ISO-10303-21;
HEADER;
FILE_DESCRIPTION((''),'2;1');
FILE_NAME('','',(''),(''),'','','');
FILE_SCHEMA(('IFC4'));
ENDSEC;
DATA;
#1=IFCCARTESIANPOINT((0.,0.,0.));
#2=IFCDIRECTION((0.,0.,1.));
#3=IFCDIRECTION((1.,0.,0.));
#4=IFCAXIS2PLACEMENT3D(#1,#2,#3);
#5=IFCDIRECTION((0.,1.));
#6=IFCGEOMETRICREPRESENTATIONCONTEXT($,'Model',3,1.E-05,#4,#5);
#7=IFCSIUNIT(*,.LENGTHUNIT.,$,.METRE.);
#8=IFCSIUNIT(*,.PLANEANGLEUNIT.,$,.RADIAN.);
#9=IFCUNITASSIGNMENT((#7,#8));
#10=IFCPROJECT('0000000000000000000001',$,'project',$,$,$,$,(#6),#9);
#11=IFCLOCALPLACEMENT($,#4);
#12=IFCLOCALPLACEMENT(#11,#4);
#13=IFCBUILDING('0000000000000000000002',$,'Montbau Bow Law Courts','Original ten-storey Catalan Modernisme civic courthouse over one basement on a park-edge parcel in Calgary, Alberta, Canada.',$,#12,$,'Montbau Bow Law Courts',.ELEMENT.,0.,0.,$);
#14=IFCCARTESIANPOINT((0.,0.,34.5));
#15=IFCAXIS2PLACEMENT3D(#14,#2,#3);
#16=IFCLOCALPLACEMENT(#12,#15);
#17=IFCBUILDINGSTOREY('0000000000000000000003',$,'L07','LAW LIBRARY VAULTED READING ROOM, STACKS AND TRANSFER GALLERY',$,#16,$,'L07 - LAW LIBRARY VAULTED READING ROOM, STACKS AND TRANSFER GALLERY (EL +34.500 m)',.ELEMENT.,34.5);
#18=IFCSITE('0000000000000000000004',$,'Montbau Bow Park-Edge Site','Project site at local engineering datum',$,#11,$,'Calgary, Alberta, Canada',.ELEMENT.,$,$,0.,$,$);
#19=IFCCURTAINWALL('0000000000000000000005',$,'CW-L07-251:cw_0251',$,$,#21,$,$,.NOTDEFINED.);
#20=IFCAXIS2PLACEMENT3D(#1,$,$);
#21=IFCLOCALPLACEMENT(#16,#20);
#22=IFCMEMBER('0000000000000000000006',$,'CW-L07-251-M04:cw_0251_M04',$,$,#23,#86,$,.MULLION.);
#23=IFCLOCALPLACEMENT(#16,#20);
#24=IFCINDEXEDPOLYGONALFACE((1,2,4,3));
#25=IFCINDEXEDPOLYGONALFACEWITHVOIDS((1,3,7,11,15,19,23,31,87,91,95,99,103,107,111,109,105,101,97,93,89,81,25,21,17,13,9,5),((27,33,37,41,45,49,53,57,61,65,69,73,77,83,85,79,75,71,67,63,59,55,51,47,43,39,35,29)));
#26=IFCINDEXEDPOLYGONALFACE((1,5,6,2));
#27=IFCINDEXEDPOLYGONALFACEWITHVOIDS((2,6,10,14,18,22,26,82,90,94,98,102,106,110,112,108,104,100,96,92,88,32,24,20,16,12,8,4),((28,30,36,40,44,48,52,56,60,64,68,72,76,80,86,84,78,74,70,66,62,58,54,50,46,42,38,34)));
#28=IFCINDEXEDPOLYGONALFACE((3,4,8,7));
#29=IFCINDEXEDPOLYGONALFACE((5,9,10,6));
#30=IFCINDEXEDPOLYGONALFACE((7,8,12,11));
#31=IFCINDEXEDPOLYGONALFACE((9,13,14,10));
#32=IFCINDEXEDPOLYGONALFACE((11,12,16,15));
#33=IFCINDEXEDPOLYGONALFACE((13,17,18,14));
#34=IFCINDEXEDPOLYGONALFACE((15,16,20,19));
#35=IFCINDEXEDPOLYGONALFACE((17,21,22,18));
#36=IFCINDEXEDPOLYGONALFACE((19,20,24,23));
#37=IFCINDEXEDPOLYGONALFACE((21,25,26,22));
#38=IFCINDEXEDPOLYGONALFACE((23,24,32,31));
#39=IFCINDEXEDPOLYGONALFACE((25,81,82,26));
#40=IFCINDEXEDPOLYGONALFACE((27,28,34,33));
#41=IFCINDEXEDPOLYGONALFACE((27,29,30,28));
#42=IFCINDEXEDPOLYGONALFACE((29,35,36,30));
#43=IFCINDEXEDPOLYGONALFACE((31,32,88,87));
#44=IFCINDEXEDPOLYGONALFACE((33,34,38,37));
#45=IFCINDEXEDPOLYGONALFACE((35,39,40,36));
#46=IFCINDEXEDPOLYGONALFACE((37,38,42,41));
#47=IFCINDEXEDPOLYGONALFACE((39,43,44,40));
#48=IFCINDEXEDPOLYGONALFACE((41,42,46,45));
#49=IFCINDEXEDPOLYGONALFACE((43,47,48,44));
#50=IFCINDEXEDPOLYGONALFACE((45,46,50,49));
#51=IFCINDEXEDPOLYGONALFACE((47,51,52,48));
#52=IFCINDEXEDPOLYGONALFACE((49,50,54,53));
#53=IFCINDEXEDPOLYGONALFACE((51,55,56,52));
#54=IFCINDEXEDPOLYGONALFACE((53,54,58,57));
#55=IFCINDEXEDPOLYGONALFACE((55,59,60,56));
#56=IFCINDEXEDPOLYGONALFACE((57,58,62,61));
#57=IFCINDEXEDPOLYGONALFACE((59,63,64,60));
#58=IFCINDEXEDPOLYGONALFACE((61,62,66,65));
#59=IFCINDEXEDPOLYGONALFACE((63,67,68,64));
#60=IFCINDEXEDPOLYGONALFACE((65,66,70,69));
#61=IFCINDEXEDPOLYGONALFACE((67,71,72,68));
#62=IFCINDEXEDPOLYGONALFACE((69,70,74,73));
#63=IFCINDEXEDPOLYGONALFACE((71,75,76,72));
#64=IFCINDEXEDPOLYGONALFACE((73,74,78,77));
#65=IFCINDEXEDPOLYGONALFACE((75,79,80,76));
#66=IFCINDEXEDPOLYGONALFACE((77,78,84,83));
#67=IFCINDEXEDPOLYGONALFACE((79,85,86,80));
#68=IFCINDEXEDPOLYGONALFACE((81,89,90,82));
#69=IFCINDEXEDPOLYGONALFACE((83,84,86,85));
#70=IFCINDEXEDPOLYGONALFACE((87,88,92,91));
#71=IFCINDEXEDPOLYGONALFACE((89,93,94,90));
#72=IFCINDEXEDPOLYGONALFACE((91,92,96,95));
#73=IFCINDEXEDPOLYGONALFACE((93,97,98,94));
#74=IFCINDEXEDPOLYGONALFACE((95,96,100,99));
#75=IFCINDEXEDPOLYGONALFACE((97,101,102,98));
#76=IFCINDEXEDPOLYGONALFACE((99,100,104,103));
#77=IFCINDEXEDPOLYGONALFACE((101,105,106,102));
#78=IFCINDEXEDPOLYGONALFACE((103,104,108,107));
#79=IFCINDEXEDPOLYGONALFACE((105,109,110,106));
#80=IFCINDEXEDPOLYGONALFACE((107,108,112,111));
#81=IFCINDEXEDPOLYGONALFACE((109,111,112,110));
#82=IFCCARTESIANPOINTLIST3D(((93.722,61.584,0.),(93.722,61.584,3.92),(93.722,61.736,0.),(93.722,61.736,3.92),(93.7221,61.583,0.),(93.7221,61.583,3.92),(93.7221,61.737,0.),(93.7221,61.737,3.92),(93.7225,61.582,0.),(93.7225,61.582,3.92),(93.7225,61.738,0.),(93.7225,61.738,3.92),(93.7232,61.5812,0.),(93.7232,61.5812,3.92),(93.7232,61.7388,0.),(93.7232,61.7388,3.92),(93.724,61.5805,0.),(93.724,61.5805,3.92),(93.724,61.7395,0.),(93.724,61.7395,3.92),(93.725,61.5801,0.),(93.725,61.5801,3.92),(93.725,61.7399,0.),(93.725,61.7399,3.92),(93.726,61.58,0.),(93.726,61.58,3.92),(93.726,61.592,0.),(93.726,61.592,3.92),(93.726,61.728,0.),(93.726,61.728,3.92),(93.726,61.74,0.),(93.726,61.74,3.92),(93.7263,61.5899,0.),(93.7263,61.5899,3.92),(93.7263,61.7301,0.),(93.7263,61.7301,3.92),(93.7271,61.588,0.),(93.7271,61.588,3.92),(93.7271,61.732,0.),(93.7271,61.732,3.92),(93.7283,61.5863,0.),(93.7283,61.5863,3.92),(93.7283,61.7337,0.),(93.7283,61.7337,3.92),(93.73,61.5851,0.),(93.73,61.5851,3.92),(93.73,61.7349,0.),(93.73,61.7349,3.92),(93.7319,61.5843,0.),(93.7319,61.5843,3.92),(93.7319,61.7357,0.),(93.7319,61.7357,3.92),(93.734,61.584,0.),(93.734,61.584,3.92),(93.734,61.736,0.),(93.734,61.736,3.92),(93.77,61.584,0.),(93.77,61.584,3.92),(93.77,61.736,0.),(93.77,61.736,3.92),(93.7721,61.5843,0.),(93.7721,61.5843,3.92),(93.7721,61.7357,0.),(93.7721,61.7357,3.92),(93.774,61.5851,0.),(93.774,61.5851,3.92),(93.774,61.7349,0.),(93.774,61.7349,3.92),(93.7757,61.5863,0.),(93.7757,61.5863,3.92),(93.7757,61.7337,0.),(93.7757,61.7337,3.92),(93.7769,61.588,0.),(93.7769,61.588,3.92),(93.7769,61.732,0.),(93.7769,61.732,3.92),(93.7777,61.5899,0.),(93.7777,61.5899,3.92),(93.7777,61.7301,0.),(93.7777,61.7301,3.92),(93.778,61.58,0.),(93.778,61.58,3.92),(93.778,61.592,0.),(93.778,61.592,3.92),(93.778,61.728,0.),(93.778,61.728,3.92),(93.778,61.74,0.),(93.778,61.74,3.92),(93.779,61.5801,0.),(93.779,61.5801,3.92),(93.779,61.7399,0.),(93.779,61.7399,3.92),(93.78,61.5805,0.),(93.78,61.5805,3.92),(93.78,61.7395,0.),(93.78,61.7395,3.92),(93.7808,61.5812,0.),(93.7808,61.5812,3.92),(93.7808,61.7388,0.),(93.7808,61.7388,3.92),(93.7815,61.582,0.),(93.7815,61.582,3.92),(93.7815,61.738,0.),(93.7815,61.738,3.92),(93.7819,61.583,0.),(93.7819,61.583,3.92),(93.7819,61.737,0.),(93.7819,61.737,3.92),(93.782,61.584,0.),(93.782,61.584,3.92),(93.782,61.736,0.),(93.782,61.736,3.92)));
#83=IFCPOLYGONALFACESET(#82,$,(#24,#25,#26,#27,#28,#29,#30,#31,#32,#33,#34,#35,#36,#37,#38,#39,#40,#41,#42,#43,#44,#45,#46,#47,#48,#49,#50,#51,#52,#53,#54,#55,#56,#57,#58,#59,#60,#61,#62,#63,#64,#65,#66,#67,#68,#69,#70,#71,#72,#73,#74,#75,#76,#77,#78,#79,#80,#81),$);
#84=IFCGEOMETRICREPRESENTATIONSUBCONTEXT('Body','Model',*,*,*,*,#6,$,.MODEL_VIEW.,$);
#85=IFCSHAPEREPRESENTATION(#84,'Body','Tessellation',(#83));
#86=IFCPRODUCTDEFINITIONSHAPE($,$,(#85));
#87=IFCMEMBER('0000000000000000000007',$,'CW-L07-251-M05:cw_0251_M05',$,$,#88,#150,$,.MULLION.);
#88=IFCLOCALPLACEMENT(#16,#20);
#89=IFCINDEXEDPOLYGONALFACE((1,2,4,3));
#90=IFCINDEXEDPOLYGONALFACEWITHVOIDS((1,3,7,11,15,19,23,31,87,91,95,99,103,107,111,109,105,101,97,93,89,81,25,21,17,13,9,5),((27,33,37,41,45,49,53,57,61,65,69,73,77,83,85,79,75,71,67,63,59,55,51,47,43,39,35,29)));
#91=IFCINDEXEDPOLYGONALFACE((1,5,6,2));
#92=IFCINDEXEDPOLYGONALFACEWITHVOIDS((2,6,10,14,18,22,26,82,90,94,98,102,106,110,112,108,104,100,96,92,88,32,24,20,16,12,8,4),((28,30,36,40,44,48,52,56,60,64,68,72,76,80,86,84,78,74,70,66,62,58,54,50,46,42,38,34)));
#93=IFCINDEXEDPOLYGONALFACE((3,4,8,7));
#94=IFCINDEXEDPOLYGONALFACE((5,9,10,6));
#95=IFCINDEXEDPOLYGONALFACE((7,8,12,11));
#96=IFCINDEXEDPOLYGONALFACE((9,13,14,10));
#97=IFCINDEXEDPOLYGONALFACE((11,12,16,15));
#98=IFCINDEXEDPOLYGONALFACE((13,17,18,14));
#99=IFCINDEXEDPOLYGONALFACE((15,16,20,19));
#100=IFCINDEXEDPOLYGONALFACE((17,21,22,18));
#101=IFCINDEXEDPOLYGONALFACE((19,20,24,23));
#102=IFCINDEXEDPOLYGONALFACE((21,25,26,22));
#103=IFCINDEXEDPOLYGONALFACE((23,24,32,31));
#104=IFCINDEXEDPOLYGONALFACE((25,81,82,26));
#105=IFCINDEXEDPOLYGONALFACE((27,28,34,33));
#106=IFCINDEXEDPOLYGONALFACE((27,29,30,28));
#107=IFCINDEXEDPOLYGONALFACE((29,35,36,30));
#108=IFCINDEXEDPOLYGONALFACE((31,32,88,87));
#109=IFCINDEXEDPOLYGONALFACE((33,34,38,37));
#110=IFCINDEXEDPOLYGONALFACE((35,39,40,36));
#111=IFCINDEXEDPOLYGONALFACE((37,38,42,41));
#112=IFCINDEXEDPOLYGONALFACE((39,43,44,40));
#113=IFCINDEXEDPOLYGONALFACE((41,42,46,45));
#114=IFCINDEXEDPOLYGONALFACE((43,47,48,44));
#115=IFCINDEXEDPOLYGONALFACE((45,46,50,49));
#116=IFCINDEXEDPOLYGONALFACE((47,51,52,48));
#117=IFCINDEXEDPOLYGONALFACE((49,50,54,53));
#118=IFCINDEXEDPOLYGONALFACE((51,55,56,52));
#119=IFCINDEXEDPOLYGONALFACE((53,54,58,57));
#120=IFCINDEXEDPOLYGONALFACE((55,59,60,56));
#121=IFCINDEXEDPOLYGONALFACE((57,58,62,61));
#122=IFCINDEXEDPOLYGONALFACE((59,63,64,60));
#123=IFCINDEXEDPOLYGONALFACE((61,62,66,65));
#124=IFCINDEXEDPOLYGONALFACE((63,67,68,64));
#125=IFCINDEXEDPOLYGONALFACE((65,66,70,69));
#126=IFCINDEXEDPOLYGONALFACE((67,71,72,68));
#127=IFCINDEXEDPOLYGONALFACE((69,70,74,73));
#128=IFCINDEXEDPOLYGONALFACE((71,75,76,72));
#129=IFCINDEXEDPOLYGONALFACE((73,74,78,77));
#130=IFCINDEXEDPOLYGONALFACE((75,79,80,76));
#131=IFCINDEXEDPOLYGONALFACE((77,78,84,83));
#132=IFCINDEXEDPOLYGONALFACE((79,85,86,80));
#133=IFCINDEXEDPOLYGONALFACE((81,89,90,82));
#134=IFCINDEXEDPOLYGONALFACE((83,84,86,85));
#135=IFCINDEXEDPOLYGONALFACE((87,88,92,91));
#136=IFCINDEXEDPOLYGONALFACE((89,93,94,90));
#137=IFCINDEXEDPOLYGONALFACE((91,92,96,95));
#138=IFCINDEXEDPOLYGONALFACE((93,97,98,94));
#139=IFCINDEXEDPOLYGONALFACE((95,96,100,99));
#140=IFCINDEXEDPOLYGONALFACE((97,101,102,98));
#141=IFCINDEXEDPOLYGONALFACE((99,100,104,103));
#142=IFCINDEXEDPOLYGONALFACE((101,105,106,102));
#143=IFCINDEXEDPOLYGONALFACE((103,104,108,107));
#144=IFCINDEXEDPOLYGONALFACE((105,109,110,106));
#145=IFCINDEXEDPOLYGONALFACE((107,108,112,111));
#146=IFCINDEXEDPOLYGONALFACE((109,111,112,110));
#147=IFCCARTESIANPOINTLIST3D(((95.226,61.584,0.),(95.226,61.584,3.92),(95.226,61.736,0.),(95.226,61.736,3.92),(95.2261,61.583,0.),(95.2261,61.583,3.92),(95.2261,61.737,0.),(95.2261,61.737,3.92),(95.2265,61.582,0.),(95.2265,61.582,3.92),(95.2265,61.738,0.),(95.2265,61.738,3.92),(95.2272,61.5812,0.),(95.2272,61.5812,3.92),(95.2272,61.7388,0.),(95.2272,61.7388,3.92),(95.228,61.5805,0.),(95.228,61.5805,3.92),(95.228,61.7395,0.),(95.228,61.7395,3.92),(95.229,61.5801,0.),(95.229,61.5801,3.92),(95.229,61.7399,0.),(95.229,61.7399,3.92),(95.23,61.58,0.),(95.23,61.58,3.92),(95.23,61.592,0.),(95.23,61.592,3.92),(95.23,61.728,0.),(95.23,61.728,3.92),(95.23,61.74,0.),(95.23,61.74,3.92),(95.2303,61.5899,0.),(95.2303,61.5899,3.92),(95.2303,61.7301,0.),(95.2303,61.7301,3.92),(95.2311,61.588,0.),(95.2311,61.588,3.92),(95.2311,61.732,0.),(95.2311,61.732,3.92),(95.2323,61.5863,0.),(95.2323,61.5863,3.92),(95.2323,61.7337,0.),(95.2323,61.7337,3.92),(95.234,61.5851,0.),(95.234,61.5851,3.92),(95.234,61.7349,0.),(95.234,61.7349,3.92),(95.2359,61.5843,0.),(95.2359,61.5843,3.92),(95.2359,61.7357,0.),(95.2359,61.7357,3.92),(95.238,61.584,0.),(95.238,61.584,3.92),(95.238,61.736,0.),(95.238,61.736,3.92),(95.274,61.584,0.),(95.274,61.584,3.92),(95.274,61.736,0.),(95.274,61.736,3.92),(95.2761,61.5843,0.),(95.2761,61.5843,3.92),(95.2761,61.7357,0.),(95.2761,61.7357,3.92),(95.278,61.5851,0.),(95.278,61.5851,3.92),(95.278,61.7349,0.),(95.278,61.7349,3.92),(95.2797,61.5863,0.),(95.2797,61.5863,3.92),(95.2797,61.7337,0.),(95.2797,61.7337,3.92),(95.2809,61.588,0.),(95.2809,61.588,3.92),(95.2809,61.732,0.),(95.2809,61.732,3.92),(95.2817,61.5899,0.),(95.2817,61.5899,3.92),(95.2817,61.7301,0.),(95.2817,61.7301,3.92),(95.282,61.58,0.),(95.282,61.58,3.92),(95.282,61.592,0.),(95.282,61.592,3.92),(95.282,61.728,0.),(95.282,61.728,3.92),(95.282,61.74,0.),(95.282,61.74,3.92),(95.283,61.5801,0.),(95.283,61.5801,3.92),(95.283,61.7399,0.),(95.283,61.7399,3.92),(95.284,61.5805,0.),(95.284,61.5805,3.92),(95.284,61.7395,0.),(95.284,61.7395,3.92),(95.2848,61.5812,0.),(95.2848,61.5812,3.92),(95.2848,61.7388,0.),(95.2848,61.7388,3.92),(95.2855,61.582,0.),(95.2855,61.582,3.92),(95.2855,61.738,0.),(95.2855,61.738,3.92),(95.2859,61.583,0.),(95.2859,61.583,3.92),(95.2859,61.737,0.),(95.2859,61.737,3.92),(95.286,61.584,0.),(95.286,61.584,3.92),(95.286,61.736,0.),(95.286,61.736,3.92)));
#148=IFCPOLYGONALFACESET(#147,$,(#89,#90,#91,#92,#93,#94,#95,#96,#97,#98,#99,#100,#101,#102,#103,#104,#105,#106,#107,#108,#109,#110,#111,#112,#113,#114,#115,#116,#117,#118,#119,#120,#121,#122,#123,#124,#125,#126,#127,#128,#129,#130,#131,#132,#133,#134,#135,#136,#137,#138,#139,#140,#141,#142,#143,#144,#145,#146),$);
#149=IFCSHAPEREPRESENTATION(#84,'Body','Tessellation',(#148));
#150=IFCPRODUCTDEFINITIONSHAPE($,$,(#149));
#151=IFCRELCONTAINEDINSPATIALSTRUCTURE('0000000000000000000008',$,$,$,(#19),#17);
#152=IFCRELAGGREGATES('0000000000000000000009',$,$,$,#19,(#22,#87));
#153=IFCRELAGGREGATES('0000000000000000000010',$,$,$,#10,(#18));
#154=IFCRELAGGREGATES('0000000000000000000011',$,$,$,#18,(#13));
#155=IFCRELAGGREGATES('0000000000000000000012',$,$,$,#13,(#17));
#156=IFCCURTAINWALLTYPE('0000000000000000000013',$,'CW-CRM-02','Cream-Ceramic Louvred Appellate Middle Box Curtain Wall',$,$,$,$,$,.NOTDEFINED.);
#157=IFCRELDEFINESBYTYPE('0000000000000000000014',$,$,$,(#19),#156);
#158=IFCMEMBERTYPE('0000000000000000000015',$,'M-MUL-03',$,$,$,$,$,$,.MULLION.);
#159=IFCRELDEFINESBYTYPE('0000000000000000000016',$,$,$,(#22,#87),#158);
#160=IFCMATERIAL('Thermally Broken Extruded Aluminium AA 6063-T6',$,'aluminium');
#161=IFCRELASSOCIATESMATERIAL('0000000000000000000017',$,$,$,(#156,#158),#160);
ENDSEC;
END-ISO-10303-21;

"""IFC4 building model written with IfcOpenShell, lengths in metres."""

from ifc_helpers import new_model, si_unit, direction, frame, origin_with_axes, origin_2d_with_axis, place, context, subcontext, project, spatial, hollow_rectangle, extrude, material, material_profile, profile_set, type_object, element, aggregate, save


model = new_model("IFC4")

# Units and contexts
model_context = context("Model", 3, precision=1e-05, world=origin_with_axes(), true_north=direction((0.0, 1.0)))
body_context = subcontext(model_context, "Body", "Model", "MODEL_VIEW")
ifc_project = project(units=[si_unit("LENGTHUNIT", "METRE"), si_unit("PLANEANGLEUNIT", "RADIAN")], contexts=[model_context])

# Site, building, storey
site_placement = place(None, origin_with_axes())
site = spatial("IfcSite", under=ifc_project, at=site_placement, Name="Montbau Bow Park-Edge Site", Description="Project site at local engineering datum", LongName="Calgary, Alberta, Canada", CompositionType="ELEMENT", RefElevation=0.0)
building_placement = place(site_placement, origin_with_axes())
building = spatial("IfcBuilding", under=site, at=building_placement, Name="Montbau Bow Law Courts", Description="Original ten-storey Catalan Modernisme civic courthouse over one basement on a park-edge parcel in Calgary, Alberta, Canada.", LongName="Montbau Bow Law Courts", CompositionType="ELEMENT", ElevationOfRefHeight=0.0, ElevationOfTerrain=0.0)
storey_placement = place(building_placement, frame((0.0, 0.0, 34.5), z_axis=(0.0, 0.0, 1.0), x_axis=(1.0, 0.0, 0.0)))
storey = spatial("IfcBuildingStorey", under=building, at=storey_placement, Name="L07", Description="LAW LIBRARY VAULTED READING ROOM, STACKS AND TRANSFER GALLERY", LongName="L07 - LAW LIBRARY VAULTED READING ROOM, STACKS AND TRANSFER GALLERY (EL +34.500 m)", CompositionType="ELEMENT", Elevation=34.5)

# Curtain wall, members
ifc_material_1 = material(Name="Thermally Broken Extruded Aluminium AA 6063-T6", Category="aluminium")
curtain_wall_type = type_object("IfcCurtainWallType", Name="CW-CRM-02", Description="Cream-Ceramic Louvred Appellate Middle Box Curtain Wall", PredefinedType="NOTDEFINED", material=ifc_material_1)
curtain_wall_1_placement = place(None, frame((89.24, 61.66, 34.5), z_axis=(0.0, 0.0, 1.0), x_axis=(1.0, 0.0, 0.0)))
curtain_wall_1 = element("IfcCurtainWall", 1, at=curtain_wall_1_placement, inside=storey, type_object=curtain_wall_type, Name="CW-L07-251:cw_0251", PredefinedType="NOTDEFINED")
ifc_material_profile_1 = material_profile(ifc_material_1, hollow_rectangle(XDim=0.06, YDim=0.16, WallThickness=0.004, InnerFilletRadius=0.008, OuterFilletRadius=0.004, at=origin_2d_with_axis()), Name="CWM-160X60", Category="Main", Priority=0)
ifc_profile_set_1 = profile_set([ifc_material_profile_1], Name="Thermally Broken Extruded Aluminium AA 6063-T6")
member_type_1 = type_object("IfcMemberType", Name="M-MUL-03", PredefinedType="MULLION", material=ifc_profile_set_1)
member_1_placement = place(None, frame((93.752, 61.66, 34.5), z_axis=(0.0, 0.0, 1.0), x_axis=(1.0, 0.0, 0.0)))
member_1 = element("IfcMember", 2, at=member_1_placement, type_object=member_type_1, Name="CW-L07-251-M04:cw_0251_M04", PredefinedType="MULLION", context=body_context, shape_type="SweptSolid", body=[
    extrude(hollow_rectangle(XDim=0.06, YDim=0.16, WallThickness=0.004, InnerFilletRadius=0.008, OuterFilletRadius=0.004, at=origin_2d_with_axis()), origin_with_axes(), (0.0, 0.0, 1.0), 3.92),
])
member_2_placement = place(None, frame((95.256, 61.66, 34.5), z_axis=(0.0, 0.0, 1.0), x_axis=(1.0, 0.0, 0.0)))
member_2 = element("IfcMember", 3, at=member_2_placement, type_object=member_type_1, Name="CW-L07-251-M05:cw_0251_M05", PredefinedType="MULLION", context=body_context, shape_type="SweptSolid", body=[
    extrude(hollow_rectangle(XDim=0.06, YDim=0.16, WallThickness=0.004, InnerFilletRadius=0.008, OuterFilletRadius=0.004, at=origin_2d_with_axis()), origin_with_axes(), (0.0, 0.0, 1.0), 3.92),
])

aggregate(curtain_wall_1, [member_1, member_2])

save(model, "model.ifc")
